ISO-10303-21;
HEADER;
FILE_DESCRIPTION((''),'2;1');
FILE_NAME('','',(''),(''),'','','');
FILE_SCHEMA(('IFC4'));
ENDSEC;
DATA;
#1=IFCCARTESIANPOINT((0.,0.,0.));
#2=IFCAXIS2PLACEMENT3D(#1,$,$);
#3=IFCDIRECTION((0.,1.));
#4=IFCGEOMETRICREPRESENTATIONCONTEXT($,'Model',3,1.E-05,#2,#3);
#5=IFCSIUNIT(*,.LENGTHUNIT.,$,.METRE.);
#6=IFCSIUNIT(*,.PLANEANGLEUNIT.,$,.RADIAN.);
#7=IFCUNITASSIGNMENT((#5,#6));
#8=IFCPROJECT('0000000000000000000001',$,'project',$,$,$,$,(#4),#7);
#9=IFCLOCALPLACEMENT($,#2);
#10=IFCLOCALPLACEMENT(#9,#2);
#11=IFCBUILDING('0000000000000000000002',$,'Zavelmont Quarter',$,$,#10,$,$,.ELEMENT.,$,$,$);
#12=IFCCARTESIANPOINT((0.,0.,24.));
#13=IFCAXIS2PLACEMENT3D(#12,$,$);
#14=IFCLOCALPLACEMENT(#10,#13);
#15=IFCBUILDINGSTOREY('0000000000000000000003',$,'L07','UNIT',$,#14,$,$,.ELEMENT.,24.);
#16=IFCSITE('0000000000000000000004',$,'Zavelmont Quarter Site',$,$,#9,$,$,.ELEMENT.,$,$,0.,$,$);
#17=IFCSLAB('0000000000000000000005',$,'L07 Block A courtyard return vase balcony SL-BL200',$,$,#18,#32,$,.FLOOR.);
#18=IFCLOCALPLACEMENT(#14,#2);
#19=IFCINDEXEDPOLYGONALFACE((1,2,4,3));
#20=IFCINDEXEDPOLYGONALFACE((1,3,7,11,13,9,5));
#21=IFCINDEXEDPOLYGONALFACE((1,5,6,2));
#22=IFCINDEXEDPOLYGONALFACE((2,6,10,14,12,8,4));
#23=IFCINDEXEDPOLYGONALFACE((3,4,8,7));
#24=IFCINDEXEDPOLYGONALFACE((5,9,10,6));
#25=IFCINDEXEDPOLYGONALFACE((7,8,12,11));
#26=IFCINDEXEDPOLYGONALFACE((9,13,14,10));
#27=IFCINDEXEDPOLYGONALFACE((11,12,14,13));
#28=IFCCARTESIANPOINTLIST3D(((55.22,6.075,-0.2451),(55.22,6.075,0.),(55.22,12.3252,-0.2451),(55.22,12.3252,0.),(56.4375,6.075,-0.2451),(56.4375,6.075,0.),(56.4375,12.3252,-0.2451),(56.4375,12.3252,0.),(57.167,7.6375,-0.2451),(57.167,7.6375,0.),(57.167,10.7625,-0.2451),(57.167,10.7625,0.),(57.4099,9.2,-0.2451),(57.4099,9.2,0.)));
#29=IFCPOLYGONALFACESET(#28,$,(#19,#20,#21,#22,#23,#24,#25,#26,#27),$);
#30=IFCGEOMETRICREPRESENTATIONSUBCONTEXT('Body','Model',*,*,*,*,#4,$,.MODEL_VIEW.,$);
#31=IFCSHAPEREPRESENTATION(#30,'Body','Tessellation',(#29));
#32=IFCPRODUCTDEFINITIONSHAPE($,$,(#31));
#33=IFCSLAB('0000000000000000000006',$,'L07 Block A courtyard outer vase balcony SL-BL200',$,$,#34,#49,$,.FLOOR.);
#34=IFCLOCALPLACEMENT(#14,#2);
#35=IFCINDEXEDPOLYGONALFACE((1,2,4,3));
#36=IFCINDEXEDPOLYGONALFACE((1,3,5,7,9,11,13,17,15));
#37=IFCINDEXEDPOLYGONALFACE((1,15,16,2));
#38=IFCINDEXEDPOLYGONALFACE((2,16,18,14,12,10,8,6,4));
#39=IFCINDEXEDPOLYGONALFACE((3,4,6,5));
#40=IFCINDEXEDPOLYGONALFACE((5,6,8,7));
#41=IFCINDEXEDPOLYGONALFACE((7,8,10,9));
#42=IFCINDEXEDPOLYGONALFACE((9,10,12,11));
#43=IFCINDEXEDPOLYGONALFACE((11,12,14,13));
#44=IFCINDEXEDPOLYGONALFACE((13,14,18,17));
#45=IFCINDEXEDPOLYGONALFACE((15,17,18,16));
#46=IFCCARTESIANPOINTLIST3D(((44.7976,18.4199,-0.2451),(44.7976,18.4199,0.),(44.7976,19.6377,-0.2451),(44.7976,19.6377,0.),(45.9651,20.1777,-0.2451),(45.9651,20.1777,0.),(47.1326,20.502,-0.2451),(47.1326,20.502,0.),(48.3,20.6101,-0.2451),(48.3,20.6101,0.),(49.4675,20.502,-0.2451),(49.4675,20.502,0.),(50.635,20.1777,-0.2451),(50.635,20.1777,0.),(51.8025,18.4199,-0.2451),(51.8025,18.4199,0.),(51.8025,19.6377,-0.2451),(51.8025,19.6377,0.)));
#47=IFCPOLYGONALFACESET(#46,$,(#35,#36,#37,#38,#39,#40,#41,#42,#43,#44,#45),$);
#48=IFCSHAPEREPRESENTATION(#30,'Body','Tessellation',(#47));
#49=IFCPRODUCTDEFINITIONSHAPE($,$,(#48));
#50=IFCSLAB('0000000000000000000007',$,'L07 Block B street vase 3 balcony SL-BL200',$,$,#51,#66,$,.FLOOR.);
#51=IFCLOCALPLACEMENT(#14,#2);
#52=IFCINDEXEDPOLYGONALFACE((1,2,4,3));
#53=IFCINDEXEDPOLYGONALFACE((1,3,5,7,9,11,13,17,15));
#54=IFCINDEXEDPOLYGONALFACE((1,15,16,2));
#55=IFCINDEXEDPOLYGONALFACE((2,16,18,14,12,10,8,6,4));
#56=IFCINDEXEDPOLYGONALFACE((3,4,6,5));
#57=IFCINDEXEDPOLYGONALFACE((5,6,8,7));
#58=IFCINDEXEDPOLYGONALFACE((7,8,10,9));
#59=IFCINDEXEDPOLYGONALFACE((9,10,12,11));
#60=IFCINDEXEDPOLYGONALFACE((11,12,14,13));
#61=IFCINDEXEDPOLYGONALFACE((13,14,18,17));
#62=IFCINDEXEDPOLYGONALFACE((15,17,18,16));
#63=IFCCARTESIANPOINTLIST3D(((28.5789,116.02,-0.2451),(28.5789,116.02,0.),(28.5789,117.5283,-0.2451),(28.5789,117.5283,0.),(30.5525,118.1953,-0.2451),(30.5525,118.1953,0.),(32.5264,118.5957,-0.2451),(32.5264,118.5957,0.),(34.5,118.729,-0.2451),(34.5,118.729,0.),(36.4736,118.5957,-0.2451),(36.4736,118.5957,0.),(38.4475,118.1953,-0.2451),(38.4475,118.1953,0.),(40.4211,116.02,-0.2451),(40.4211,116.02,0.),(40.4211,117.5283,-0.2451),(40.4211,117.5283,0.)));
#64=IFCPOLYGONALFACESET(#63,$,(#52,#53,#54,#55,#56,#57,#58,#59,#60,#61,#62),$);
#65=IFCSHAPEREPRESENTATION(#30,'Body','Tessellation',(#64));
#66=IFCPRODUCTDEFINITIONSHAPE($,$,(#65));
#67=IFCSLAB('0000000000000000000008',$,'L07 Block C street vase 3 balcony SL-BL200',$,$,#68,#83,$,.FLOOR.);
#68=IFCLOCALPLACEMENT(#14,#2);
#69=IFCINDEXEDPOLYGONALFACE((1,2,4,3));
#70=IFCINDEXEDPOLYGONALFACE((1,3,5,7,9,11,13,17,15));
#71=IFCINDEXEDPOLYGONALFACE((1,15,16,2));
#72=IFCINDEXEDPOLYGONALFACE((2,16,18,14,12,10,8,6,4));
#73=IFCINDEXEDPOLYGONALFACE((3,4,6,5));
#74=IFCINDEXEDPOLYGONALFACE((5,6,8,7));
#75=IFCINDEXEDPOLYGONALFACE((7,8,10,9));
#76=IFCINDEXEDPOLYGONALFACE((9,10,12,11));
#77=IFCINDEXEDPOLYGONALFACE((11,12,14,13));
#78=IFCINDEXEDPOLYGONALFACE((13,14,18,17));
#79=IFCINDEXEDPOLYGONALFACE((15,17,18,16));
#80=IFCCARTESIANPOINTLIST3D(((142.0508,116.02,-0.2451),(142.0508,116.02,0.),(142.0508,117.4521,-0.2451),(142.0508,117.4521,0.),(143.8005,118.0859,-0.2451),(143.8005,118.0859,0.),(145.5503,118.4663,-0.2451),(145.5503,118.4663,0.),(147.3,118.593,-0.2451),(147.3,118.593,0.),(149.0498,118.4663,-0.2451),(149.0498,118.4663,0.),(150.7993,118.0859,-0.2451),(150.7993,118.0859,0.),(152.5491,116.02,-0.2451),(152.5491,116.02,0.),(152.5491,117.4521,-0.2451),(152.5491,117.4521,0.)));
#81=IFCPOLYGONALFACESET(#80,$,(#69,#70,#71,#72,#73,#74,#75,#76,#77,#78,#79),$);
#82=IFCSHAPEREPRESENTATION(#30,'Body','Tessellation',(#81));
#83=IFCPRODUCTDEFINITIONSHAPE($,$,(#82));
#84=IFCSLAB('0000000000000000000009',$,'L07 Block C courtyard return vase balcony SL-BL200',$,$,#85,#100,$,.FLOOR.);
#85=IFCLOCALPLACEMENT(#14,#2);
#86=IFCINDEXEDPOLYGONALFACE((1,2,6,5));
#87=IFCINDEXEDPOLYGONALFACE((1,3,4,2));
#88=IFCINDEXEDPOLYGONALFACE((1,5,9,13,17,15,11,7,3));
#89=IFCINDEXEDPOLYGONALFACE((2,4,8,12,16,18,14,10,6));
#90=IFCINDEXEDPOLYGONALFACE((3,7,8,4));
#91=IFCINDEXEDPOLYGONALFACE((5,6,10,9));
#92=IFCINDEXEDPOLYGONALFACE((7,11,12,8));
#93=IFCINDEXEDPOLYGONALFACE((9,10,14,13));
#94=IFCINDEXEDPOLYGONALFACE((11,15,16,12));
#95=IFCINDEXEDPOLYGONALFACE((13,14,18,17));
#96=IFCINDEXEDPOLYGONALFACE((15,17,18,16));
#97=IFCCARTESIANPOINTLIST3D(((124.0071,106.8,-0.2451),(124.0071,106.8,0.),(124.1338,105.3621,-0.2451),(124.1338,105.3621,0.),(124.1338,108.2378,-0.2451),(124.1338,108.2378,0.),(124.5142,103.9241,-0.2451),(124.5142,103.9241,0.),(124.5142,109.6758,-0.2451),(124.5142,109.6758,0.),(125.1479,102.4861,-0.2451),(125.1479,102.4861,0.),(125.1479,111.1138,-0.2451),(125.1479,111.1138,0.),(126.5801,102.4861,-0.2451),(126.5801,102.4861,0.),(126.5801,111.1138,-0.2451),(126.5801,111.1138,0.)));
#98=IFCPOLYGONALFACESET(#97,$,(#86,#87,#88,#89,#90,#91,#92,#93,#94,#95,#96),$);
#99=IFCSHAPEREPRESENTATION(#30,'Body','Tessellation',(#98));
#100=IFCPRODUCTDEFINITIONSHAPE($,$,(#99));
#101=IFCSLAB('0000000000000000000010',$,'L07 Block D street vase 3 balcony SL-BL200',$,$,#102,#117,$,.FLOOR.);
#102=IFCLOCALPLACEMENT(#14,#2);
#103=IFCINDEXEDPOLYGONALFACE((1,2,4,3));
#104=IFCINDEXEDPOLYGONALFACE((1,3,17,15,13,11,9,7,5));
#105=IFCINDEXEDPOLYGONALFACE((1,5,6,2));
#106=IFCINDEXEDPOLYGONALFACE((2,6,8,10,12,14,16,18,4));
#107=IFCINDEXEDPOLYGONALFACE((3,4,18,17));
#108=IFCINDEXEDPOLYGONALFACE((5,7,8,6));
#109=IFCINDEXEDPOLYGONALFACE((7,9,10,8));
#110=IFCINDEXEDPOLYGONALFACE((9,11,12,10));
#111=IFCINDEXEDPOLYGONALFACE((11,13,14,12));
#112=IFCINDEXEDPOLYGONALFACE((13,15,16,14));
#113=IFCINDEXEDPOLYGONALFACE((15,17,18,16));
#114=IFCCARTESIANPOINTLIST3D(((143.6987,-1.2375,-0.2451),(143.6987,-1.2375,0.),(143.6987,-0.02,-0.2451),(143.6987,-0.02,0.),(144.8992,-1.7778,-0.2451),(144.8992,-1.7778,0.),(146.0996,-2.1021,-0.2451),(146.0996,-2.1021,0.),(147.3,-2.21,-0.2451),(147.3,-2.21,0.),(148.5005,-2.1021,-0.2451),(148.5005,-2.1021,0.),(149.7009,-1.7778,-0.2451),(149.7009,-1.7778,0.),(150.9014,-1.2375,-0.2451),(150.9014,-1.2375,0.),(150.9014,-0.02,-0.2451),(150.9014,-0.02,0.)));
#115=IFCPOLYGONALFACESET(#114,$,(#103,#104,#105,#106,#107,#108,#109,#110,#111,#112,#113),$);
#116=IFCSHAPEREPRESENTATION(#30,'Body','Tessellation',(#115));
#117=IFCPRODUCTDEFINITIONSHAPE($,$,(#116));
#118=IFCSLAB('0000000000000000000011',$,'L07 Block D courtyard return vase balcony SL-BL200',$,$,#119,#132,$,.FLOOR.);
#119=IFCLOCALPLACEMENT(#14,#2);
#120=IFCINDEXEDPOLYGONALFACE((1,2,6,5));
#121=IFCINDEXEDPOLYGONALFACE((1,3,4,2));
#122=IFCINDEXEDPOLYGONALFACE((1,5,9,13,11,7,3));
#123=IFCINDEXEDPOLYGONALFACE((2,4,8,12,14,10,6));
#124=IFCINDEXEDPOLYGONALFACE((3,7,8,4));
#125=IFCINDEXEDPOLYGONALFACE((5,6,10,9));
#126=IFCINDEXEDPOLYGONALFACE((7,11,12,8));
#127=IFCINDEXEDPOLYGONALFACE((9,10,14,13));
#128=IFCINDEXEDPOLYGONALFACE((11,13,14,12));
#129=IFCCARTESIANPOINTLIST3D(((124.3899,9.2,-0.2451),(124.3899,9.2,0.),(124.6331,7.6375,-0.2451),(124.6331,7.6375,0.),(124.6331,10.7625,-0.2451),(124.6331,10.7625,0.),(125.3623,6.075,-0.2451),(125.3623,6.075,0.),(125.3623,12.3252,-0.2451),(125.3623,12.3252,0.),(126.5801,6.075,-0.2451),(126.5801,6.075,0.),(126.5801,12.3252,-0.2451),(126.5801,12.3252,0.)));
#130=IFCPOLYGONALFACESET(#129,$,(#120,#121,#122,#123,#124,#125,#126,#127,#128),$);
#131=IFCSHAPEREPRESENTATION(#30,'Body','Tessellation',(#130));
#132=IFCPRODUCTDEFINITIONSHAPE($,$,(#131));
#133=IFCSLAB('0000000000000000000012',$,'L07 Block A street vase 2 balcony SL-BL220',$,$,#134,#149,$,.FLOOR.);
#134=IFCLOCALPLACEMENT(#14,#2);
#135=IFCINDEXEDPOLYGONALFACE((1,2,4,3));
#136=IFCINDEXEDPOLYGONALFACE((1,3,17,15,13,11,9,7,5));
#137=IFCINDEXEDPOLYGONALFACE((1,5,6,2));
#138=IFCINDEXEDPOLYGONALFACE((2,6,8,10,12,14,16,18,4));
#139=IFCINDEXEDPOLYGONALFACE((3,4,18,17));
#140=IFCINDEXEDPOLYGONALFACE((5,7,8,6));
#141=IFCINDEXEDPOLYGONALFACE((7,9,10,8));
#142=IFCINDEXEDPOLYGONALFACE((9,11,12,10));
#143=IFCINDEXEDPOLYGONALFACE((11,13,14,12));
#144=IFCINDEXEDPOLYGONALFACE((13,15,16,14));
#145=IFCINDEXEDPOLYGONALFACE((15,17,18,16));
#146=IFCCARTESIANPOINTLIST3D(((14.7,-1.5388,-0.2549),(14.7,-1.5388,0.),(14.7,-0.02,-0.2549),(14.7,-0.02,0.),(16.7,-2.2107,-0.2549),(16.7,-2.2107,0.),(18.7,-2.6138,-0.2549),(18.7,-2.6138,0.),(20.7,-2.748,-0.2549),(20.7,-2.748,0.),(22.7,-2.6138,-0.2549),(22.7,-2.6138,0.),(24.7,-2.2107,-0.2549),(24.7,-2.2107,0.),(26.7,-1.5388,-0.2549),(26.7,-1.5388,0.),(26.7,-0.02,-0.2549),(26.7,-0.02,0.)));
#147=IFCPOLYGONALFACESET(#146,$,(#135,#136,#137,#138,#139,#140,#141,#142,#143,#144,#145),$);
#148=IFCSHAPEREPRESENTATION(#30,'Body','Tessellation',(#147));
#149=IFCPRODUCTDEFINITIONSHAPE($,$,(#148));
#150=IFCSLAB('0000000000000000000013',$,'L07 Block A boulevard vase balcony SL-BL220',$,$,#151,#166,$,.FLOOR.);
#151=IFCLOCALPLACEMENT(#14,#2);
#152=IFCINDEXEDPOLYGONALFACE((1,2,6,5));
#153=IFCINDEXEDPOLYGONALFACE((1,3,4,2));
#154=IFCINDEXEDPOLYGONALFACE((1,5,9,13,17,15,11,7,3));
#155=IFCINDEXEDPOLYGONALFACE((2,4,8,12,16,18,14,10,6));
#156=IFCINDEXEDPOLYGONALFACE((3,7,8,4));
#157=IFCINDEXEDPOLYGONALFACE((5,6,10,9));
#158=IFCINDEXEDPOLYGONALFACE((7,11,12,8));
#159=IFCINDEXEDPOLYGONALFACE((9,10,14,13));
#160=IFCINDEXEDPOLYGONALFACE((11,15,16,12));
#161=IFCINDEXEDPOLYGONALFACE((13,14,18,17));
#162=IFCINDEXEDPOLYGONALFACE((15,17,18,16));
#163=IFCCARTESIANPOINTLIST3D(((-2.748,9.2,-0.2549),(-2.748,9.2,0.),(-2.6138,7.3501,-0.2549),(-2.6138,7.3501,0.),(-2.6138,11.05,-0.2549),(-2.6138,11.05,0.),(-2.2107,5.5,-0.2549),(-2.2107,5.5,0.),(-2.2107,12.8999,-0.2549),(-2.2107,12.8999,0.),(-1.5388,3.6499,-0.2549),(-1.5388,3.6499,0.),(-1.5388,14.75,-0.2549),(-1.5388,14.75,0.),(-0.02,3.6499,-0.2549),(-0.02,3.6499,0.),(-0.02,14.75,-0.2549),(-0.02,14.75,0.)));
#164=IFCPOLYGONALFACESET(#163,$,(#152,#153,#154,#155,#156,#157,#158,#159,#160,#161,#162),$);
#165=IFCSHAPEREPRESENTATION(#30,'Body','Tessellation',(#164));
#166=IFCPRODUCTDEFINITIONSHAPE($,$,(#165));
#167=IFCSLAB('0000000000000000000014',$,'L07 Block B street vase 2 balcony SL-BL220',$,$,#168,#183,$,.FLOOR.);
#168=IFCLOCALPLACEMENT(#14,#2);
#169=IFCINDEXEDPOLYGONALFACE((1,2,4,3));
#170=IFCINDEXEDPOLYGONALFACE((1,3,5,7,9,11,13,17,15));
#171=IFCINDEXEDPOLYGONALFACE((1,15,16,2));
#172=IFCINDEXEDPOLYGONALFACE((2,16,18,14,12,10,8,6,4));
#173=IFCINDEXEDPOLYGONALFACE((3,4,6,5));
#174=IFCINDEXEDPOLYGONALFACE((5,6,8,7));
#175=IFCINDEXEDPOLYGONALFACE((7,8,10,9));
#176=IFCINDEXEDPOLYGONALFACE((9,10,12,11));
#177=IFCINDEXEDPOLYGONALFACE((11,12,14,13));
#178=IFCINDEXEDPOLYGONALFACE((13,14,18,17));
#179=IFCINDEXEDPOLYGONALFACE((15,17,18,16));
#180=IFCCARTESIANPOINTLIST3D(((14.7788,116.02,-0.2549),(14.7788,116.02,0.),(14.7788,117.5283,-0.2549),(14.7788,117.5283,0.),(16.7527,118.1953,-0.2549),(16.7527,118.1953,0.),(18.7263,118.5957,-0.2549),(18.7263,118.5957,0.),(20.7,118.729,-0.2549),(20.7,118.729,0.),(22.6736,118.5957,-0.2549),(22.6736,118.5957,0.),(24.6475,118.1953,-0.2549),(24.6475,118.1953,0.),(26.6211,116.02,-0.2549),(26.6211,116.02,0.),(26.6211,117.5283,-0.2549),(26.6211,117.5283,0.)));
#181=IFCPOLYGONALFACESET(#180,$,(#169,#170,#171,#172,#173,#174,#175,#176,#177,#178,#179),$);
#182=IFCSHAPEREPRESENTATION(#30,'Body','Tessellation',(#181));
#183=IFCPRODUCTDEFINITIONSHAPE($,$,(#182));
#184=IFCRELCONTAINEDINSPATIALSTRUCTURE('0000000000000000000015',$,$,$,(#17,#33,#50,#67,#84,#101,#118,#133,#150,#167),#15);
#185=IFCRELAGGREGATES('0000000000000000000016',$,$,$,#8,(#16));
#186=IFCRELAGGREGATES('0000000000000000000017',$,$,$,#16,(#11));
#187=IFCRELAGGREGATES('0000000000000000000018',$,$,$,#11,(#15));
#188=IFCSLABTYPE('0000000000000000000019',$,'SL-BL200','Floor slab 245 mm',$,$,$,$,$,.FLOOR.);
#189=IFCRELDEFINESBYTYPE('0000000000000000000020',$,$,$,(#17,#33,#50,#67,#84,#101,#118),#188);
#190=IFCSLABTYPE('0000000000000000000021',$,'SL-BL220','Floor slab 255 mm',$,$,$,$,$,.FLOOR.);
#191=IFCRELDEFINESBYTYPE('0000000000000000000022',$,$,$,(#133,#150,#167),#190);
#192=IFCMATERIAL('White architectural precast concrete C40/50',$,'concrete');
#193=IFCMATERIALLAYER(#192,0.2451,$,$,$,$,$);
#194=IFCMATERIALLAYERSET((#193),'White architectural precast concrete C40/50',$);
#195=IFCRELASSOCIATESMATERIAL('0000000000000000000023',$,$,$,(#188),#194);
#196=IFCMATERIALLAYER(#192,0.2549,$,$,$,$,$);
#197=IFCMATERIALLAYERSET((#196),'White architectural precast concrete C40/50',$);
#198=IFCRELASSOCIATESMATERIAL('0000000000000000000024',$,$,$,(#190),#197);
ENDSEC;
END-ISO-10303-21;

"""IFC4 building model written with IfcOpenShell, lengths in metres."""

from ifc_helpers import new_model, si_unit, direction, frame, origin, place, context, subcontext, project, spatial, polyline, outline, extrude, material, layer, layer_set, type_object, element, save


model = new_model("IFC4")

# Units and contexts
model_context = context("Model", 3, precision=1e-05, world=origin(), true_north=direction((0.0, 1.0)))
body_context = subcontext(model_context, "Body", "Model", "MODEL_VIEW")
ifc_project = project(units=[si_unit("LENGTHUNIT", "METRE"), si_unit("PLANEANGLEUNIT", "RADIAN")], contexts=[model_context])

# Site, building, storey
site_placement = place(None, origin())
site = spatial("IfcSite", under=ifc_project, at=site_placement, Name="Zavelmont Quarter Site", CompositionType="ELEMENT", RefElevation=0.0)
building_placement = place(site_placement, origin())
building = spatial("IfcBuilding", under=site, at=building_placement, Name="Zavelmont Quarter", CompositionType="ELEMENT")
storey_placement = place(building_placement, frame((0.0, 0.0, 24.0)))
storey = spatial("IfcBuildingStorey", under=building, at=storey_placement, Name="L07", Description="UNIT", CompositionType="ELEMENT", Elevation=24.0)

# Slabs
ifc_material_1 = material(Name="White architectural precast concrete C40/50", Category="concrete")
ifc_layer_1 = layer(ifc_material_1, 0.2451)
ifc_layer_set_1 = layer_set([ifc_layer_1], Name="White architectural precast concrete C40/50")
slab_type_1 = type_object("IfcSlabType", Name="SL-BL200", Description="Floor slab 245 mm", PredefinedType="FLOOR", material=ifc_layer_set_1)
slab_1_placement = place(storey_placement, frame((0.0, 0.0, -0.2451)))
element("IfcSlab", 1, at=slab_1_placement, inside=storey, type_object=slab_type_1, Name="L07 Block A courtyard return vase balcony SL-BL200", PredefinedType="FLOOR", context=body_context, shape_type="SweptSolid", body=[
    extrude(outline(polyline([(55.22, 6.075), (56.4375, 6.075), (57.167, 7.6375), (57.4099, 9.2), (57.167, 10.7625), (56.4375, 12.3252), (55.22, 12.3252), (55.22, 6.075)])), origin(), (0.0, 0.0, 1.0), 0.2451),
])
slab_2_placement = place(storey_placement, frame((0.0, 0.0, -0.2451)))
element("IfcSlab", 2, at=slab_2_placement, inside=storey, type_object=slab_type_1, Name="L07 Block A courtyard outer vase balcony SL-BL200", PredefinedType="FLOOR", context=body_context, shape_type="SweptSolid", body=[
    extrude(outline(polyline([(51.8025, 18.4199), (51.8025, 19.6377), (50.635, 20.1777), (49.4675, 20.502), (48.3, 20.6101), (47.1326, 20.502), (45.9651, 20.1777), (44.7976, 19.6377), (44.7976, 18.4199), (51.8025, 18.4199)])), origin(), (0.0, 0.0, 1.0), 0.2451),
])
slab_3_placement = place(storey_placement, frame((0.0, 0.0, -0.2451)))
element("IfcSlab", 3, at=slab_3_placement, inside=storey, type_object=slab_type_1, Name="L07 Block B street vase 3 balcony SL-BL200", PredefinedType="FLOOR", context=body_context, shape_type="SweptSolid", body=[
    extrude(outline(polyline([(40.4211, 116.02), (40.4211, 117.5283), (38.4475, 118.1953), (36.4736, 118.5957), (34.5, 118.729), (32.5264, 118.5957), (30.5525, 118.1953), (28.5789, 117.5283), (28.5789, 116.02), (40.4211, 116.02)])), origin(), (0.0, 0.0, 1.0), 0.2451),
])
slab_4_placement = place(storey_placement, frame((0.0, 0.0, -0.2451)))
element("IfcSlab", 4, at=slab_4_placement, inside=storey, type_object=slab_type_1, Name="L07 Block C street vase 3 balcony SL-BL200", PredefinedType="FLOOR", context=body_context, shape_type="SweptSolid", body=[
    extrude(outline(polyline([(152.5491, 116.02), (152.5491, 117.4521), (150.7993, 118.0859), (149.0498, 118.4663), (147.3, 118.593), (145.5503, 118.4663), (143.8005, 118.0859), (142.0508, 117.4521), (142.0508, 116.02), (152.5491, 116.02)])), origin(), (0.0, 0.0, 1.0), 0.2451),
])
slab_5_placement = place(storey_placement, frame((0.0, 0.0, -0.2451)))
element("IfcSlab", 5, at=slab_5_placement, inside=storey, type_object=slab_type_1, Name="L07 Block C courtyard return vase balcony SL-BL200", PredefinedType="FLOOR", context=body_context, shape_type="SweptSolid", body=[
    extrude(outline(polyline([(126.5801, 111.1138), (125.1479, 111.1138), (124.5142, 109.6758), (124.1338, 108.2378), (124.0071, 106.8), (124.1338, 105.3621), (124.5142, 103.9241), (125.1479, 102.4861), (126.5801, 102.4861), (126.5801, 111.1138)])), origin(), (0.0, 0.0, 1.0), 0.2451),
])
slab_6_placement = place(storey_placement, frame((0.0, 0.0, -0.2451)))
element("IfcSlab", 6, at=slab_6_placement, inside=storey, type_object=slab_type_1, Name="L07 Block D street vase 3 balcony SL-BL200", PredefinedType="FLOOR", context=body_context, shape_type="SweptSolid", body=[
    extrude(outline(polyline([(143.6987, -0.02), (143.6987, -1.2375), (144.8992, -1.7778), (146.0996, -2.1021), (147.3, -2.21), (148.5005, -2.1021), (149.7009, -1.7778), (150.9014, -1.2375), (150.9014, -0.02), (143.6987, -0.02)])), origin(), (0.0, 0.0, 1.0), 0.2451),
])
slab_7_placement = place(storey_placement, frame((0.0, 0.0, -0.2451)))
element("IfcSlab", 7, at=slab_7_placement, inside=storey, type_object=slab_type_1, Name="L07 Block D courtyard return vase balcony SL-BL200", PredefinedType="FLOOR", context=body_context, shape_type="SweptSolid", body=[
    extrude(outline(polyline([(126.5801, 12.3252), (125.3623, 12.3252), (124.6331, 10.7625), (124.3899, 9.2), (124.6331, 7.6375), (125.3623, 6.075), (126.5801, 6.075), (126.5801, 12.3252)])), origin(), (0.0, 0.0, 1.0), 0.2451),
])
ifc_layer_2 = layer(ifc_material_1, 0.2549)
ifc_layer_set_2 = layer_set([ifc_layer_2], Name="White architectural precast concrete C40/50")
slab_type_2 = type_object("IfcSlabType", Name="SL-BL220", Description="Floor slab 255 mm", PredefinedType="FLOOR", material=ifc_layer_set_2)
slab_8_placement = place(storey_placement, frame((0.0, 0.0, -0.2549)))
element("IfcSlab", 8, at=slab_8_placement, inside=storey, type_object=slab_type_2, Name="L07 Block A street vase 2 balcony SL-BL220", PredefinedType="FLOOR", context=body_context, shape_type="SweptSolid", body=[
    extrude(outline(polyline([(14.7, -0.02), (14.7, -1.5388), (16.7, -2.2107), (18.7, -2.6138), (20.7, -2.748), (22.7, -2.6138), (24.7, -2.2107), (26.7, -1.5388), (26.7, -0.02), (14.7, -0.02)])), origin(), (0.0, 0.0, 1.0), 0.2549),
])
slab_9_placement = place(storey_placement, frame((0.0, 0.0, -0.2549)))
element("IfcSlab", 9, at=slab_9_placement, inside=storey, type_object=slab_type_2, Name="L07 Block A boulevard vase balcony SL-BL220", PredefinedType="FLOOR", context=body_context, shape_type="SweptSolid", body=[
    extrude(outline(polyline([(-0.02, 14.75), (-1.5388, 14.75), (-2.2107, 12.8999), (-2.6138, 11.05), (-2.748, 9.2), (-2.6138, 7.3501), (-2.2107, 5.5), (-1.5388, 3.6499), (-0.02, 3.6499), (-0.02, 14.75)])), origin(), (0.0, 0.0, 1.0), 0.2549),
])
slab_10_placement = place(storey_placement, frame((0.0, 0.0, -0.2549)))
element("IfcSlab", 10, at=slab_10_placement, inside=storey, type_object=slab_type_2, Name="L07 Block B street vase 2 balcony SL-BL220", PredefinedType="FLOOR", context=body_context, shape_type="SweptSolid", body=[
    extrude(outline(polyline([(26.6211, 116.02), (26.6211, 117.5283), (24.6475, 118.1953), (22.6736, 118.5957), (20.7, 118.729), (18.7263, 118.5957), (16.7527, 118.1953), (14.7788, 117.5283), (14.7788, 116.02), (26.6211, 116.02)])), origin(), (0.0, 0.0, 1.0), 0.2549),
])

save(model, "model.ifc")
